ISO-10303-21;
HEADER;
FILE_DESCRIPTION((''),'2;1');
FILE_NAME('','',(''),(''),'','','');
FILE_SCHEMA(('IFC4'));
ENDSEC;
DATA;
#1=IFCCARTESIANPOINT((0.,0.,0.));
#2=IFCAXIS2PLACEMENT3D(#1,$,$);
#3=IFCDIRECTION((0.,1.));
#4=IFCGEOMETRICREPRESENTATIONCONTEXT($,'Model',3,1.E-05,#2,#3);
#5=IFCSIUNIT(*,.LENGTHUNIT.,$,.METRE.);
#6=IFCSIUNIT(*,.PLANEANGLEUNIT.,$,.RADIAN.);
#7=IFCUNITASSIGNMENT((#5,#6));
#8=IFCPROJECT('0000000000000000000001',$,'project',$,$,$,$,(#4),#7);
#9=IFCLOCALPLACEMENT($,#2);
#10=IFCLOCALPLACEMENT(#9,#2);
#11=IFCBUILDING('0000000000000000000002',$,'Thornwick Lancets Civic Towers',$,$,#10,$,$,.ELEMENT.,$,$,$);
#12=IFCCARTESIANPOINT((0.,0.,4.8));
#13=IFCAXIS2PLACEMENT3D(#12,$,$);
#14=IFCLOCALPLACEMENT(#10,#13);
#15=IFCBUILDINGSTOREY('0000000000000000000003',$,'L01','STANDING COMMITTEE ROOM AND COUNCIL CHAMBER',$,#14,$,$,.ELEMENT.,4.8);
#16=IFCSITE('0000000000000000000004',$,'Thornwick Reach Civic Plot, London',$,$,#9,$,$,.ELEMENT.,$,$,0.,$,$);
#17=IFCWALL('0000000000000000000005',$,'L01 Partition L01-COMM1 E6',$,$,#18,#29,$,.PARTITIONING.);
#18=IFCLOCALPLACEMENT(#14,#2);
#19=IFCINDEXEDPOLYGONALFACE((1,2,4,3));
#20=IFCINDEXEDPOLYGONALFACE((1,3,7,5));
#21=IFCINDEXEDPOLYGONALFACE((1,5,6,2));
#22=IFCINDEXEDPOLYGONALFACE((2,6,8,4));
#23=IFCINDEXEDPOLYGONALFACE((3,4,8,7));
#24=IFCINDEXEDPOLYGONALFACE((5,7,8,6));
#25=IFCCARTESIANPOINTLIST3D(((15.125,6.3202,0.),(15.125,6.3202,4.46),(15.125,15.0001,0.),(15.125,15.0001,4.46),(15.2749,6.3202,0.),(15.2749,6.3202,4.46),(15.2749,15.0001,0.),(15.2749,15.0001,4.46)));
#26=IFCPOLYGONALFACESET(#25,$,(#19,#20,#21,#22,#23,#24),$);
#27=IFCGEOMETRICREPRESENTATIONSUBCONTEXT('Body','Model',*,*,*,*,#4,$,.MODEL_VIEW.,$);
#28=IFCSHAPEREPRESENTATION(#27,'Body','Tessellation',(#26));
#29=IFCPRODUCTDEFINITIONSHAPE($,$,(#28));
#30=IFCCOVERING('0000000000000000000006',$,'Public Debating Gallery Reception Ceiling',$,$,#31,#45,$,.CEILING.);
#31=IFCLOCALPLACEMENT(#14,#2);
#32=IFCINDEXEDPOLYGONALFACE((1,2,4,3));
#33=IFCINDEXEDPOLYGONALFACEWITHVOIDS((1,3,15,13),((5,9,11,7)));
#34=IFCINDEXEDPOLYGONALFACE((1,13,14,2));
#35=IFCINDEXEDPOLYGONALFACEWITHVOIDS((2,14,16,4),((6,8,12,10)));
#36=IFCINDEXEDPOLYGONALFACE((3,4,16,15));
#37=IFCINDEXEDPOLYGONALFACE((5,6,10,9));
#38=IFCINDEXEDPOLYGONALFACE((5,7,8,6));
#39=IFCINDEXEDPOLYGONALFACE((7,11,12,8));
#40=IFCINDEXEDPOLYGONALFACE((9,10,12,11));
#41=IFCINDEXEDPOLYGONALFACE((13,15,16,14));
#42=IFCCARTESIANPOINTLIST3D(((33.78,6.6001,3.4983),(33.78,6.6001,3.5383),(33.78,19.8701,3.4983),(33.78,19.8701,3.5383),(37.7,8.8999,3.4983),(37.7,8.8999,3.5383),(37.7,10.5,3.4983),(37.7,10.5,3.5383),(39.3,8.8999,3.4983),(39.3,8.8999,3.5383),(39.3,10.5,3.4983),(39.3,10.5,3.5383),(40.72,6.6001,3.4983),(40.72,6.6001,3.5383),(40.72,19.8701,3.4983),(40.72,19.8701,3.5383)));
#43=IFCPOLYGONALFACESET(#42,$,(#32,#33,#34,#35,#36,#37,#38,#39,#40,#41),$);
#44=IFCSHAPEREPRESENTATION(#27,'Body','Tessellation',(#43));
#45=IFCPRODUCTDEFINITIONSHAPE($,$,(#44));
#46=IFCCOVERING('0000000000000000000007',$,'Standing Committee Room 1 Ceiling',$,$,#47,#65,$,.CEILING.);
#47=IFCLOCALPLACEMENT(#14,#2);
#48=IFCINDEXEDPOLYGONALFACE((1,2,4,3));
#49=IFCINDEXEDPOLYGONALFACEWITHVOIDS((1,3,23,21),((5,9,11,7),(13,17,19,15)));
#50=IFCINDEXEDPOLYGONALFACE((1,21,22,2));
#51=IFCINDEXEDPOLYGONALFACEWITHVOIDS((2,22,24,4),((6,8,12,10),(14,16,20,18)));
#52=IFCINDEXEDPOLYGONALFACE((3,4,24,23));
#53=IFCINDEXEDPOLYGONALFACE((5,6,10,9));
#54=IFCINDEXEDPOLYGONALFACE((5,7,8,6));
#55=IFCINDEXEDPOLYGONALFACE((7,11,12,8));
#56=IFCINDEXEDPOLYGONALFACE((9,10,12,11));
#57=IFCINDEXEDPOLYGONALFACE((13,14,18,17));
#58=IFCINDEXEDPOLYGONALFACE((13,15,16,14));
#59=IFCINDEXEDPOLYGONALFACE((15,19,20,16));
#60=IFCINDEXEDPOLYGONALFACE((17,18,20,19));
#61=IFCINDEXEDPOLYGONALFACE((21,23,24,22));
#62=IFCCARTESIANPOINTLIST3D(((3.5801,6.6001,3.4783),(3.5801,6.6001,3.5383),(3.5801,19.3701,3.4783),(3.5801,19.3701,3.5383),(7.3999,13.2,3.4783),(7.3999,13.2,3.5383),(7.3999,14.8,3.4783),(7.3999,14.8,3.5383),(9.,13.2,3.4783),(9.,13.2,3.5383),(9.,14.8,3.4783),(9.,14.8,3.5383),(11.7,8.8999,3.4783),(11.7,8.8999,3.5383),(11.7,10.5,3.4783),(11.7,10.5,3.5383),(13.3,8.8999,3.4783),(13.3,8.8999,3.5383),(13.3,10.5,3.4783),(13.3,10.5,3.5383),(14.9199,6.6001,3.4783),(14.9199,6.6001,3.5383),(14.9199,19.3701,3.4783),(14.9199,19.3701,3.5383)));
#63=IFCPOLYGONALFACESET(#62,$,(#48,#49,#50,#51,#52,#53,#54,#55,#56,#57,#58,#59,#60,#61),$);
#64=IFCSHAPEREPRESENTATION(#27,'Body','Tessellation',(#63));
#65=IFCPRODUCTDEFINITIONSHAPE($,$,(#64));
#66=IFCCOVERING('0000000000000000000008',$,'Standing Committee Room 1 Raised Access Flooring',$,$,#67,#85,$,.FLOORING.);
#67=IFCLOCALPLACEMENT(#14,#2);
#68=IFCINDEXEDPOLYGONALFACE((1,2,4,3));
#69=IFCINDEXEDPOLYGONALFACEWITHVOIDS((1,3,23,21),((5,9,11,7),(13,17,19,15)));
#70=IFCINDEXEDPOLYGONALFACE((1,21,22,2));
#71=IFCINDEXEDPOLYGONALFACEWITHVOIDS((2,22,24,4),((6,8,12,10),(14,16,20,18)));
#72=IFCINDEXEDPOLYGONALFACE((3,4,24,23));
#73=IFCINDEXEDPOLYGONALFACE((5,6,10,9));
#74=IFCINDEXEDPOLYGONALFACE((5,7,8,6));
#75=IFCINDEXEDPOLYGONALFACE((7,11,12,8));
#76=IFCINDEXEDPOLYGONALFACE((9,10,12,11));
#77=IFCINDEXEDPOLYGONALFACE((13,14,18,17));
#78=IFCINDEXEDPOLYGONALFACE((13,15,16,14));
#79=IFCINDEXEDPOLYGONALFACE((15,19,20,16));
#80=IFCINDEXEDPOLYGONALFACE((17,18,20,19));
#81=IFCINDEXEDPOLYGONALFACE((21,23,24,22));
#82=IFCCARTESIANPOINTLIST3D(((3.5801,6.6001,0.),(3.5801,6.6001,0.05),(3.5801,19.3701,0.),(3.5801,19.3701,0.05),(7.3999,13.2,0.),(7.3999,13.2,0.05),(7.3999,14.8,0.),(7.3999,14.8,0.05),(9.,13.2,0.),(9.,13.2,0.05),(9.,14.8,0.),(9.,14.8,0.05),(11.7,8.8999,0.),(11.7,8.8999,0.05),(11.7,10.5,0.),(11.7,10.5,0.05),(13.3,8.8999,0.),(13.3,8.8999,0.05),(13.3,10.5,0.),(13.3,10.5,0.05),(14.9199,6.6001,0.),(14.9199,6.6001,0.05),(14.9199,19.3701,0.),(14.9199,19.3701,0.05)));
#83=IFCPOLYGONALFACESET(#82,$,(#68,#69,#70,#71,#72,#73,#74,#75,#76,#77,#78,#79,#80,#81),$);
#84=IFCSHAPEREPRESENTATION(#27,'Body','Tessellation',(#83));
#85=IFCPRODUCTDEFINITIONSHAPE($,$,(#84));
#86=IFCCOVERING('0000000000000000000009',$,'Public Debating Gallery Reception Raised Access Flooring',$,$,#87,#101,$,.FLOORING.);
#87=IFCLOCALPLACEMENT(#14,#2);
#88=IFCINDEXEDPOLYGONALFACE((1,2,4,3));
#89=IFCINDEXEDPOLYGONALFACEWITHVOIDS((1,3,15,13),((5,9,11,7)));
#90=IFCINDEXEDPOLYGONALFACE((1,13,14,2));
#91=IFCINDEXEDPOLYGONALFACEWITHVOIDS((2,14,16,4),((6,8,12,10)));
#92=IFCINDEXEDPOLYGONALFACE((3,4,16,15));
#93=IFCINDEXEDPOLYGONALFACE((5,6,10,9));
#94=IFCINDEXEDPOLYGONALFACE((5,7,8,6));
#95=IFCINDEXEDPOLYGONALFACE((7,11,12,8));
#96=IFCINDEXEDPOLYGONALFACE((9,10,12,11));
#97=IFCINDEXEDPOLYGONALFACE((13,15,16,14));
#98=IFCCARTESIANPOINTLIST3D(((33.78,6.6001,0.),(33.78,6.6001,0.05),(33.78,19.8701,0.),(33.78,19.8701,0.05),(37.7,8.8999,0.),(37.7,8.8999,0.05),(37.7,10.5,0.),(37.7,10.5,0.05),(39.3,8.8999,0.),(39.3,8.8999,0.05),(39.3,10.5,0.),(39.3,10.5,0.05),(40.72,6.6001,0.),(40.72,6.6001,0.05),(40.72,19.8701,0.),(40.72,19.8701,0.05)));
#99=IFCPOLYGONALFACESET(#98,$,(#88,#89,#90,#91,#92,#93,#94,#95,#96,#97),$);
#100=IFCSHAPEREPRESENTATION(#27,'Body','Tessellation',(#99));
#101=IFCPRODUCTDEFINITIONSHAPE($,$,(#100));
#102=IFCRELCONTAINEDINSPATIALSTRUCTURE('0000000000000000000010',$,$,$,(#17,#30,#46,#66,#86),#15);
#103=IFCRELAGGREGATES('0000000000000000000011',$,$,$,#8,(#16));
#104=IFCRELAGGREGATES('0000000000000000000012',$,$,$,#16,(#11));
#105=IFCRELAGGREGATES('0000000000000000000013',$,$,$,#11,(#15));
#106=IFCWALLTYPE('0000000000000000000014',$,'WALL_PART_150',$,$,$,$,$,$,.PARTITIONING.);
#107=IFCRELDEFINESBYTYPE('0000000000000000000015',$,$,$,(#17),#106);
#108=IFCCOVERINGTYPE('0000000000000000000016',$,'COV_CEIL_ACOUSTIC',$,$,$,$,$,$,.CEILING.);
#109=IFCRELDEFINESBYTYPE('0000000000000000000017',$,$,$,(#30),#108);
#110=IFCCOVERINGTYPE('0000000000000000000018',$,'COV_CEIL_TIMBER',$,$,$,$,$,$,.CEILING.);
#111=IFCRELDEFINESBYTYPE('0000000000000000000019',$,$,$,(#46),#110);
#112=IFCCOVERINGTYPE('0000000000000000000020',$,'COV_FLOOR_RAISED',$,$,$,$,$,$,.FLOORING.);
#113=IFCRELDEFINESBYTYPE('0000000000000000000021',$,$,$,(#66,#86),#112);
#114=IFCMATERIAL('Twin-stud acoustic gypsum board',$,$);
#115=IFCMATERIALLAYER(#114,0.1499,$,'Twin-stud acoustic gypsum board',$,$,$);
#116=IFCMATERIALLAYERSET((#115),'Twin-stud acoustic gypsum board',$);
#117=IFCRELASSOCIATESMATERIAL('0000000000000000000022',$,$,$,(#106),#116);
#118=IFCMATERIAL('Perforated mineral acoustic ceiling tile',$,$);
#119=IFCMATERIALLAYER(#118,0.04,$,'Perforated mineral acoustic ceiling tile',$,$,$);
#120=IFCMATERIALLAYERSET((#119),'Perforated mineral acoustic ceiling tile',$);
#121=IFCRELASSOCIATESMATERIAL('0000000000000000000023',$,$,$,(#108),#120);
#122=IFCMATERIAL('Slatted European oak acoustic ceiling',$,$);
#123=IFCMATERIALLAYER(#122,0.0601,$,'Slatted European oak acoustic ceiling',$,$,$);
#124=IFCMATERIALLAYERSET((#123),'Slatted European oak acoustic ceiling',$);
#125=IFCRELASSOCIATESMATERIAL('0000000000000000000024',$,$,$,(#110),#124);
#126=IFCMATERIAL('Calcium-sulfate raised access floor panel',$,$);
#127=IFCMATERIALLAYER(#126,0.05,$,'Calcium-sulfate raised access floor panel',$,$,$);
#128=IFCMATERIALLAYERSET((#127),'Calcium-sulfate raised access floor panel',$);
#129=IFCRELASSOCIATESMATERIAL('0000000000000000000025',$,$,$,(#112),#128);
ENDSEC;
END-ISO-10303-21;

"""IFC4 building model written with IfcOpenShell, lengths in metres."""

from ifc_helpers import new_model, si_unit, direction, frame, frame_2d, origin, place, context, subcontext, project, spatial, polyline, rectangle, outline, extrude, material, layer, layer_set, type_object, element, save


model = new_model("IFC4")

# Units and contexts
model_context = context("Model", 3, precision=1e-05, world=origin(), true_north=direction((0.0, 1.0)))
body_context = subcontext(model_context, "Body", "Model", "MODEL_VIEW")
ifc_project = project(units=[si_unit("LENGTHUNIT", "METRE"), si_unit("PLANEANGLEUNIT", "RADIAN")], contexts=[model_context])

# Site, building, storey
site_placement = place(None, origin())
site = spatial("IfcSite", under=ifc_project, at=site_placement, Name="Thornwick Reach Civic Plot, London", CompositionType="ELEMENT", RefElevation=0.0)
building_placement = place(site_placement, origin())
building = spatial("IfcBuilding", under=site, at=building_placement, Name="Thornwick Lancets Civic Towers", CompositionType="ELEMENT")
storey_placement = place(building_placement, frame((0.0, 0.0, 4.8)))
storey = spatial("IfcBuildingStorey", under=building, at=storey_placement, Name="L01", Description="STANDING COMMITTEE ROOM AND COUNCIL CHAMBER", CompositionType="ELEMENT", Elevation=4.8)

# Shared definitions
ifc_material_1 = material(Name="Twin-stud acoustic gypsum board")
ifc_layer_1 = layer(ifc_material_1, 0.1499, Name="Twin-stud acoustic gypsum board")
ifc_layer_set_1 = layer_set([ifc_layer_1], Name="Twin-stud acoustic gypsum board")
wall_type_1 = type_object("IfcWallType", Name="WALL_PART_150", PredefinedType="PARTITIONING", material=ifc_layer_set_1)

# Wall
wall_1_placement = place(storey_placement, frame((15.2, 15.0, 0.0), z_axis=(0.0, 0.0, 1.0), x_axis=(0.0, -1.0, 0.0)))
element("IfcWall", 1, at=wall_1_placement, inside=storey, type_object=wall_type_1, Name="L01 Partition L01-COMM1 E6", PredefinedType="PARTITIONING", context=body_context, shape_type="SweptSolid", body=[
    extrude(rectangle(XDim=8.6799, YDim=0.1499, at=frame_2d((4.3398, 0.0))), origin(), (0.0, 0.0, 1.0), 4.46),
])

# Coverings
ifc_material_2 = material(Name="Perforated mineral acoustic ceiling tile")
ifc_layer_2 = layer(ifc_material_2, 0.04, Name="Perforated mineral acoustic ceiling tile")
ifc_layer_set_2 = layer_set([ifc_layer_2], Name="Perforated mineral acoustic ceiling tile")
covering_type_1 = type_object("IfcCoveringType", Name="COV_CEIL_ACOUSTIC", PredefinedType="CEILING", material=ifc_layer_set_2)
covering_1_placement = place(storey_placement, frame((0.0, 0.0, 3.4983)))
element("IfcCovering", 2, at=covering_1_placement, inside=storey, type_object=covering_type_1, Name="Public Debating Gallery Reception Ceiling", PredefinedType="CEILING", context=body_context, shape_type="SweptSolid", body=[
    extrude(outline(polyline([(40.72, 6.6001), (33.78, 6.6001), (33.78, 19.8701), (40.72, 19.8701), (40.72, 6.6001)]), holes=[polyline([(37.7, 8.8999), (39.3, 8.8999), (39.3, 10.5), (37.7, 10.5), (37.7, 8.8999)])]), origin(), (0.0, 0.0, 1.0), 0.04),
])
ifc_material_3 = material(Name="Slatted European oak acoustic ceiling")
ifc_layer_3 = layer(ifc_material_3, 0.0601, Name="Slatted European oak acoustic ceiling")
ifc_layer_set_3 = layer_set([ifc_layer_3], Name="Slatted European oak acoustic ceiling")
covering_type_2 = type_object("IfcCoveringType", Name="COV_CEIL_TIMBER", PredefinedType="CEILING", material=ifc_layer_set_3)
covering_2_placement = place(storey_placement, frame((0.0, 0.0, 3.4783)))
element("IfcCovering", 3, at=covering_2_placement, inside=storey, type_object=covering_type_2, Name="Standing Committee Room 1 Ceiling", PredefinedType="CEILING", context=body_context, shape_type="SweptSolid", body=[
    extrude(outline(polyline([(14.9199, 6.6001), (3.5801, 6.6001), (3.5801, 19.3701), (14.9199, 19.3701), (14.9199, 6.6001)]), holes=[polyline([(11.7, 8.8999), (13.3, 8.8999), (13.3, 10.5), (11.7, 10.5), (11.7, 8.8999)]), polyline([(7.3999, 13.2), (9.0, 13.2), (9.0, 14.8), (7.3999, 14.8), (7.3999, 13.2)])]), origin(), (0.0, 0.0, 1.0), 0.0601),
])
ifc_material_4 = material(Name="Calcium-sulfate raised access floor panel")
ifc_layer_4 = layer(ifc_material_4, 0.05, Name="Calcium-sulfate raised access floor panel")
ifc_layer_set_4 = layer_set([ifc_layer_4], Name="Calcium-sulfate raised access floor panel")
covering_type_3 = type_object("IfcCoveringType", Name="COV_FLOOR_RAISED", PredefinedType="FLOORING", material=ifc_layer_set_4)
covering_3_placement = place(storey_placement, origin())
element("IfcCovering", 4, at=covering_3_placement, inside=storey, type_object=covering_type_3, Name="Standing Committee Room 1 Raised Access Flooring", PredefinedType="FLOORING", context=body_context, shape_type="SweptSolid", body=[
    extrude(outline(polyline([(14.9199, 6.6001), (3.5801, 6.6001), (3.5801, 19.3701), (14.9199, 19.3701), (14.9199, 6.6001)]), holes=[polyline([(11.7, 8.8999), (13.3, 8.8999), (13.3, 10.5), (11.7, 10.5), (11.7, 8.8999)]), polyline([(7.3999, 13.2), (9.0, 13.2), (9.0, 14.8), (7.3999, 14.8), (7.3999, 13.2)])]), origin(), (0.0, 0.0, 1.0), 0.05),
])
covering_4_placement = place(storey_placement, origin())
element("IfcCovering", 5, at=covering_4_placement, inside=storey, type_object=covering_type_3, Name="Public Debating Gallery Reception Raised Access Flooring", PredefinedType="FLOORING", context=body_context, shape_type="SweptSolid", body=[
    extrude(outline(polyline([(40.72, 6.6001), (33.78, 6.6001), (33.78, 19.8701), (40.72, 19.8701), (40.72, 6.6001)]), holes=[polyline([(37.7, 8.8999), (39.3, 8.8999), (39.3, 10.5), (37.7, 10.5), (37.7, 8.8999)])]), origin(), (0.0, 0.0, 1.0), 0.05),
])

save(model, "model.ifc")
